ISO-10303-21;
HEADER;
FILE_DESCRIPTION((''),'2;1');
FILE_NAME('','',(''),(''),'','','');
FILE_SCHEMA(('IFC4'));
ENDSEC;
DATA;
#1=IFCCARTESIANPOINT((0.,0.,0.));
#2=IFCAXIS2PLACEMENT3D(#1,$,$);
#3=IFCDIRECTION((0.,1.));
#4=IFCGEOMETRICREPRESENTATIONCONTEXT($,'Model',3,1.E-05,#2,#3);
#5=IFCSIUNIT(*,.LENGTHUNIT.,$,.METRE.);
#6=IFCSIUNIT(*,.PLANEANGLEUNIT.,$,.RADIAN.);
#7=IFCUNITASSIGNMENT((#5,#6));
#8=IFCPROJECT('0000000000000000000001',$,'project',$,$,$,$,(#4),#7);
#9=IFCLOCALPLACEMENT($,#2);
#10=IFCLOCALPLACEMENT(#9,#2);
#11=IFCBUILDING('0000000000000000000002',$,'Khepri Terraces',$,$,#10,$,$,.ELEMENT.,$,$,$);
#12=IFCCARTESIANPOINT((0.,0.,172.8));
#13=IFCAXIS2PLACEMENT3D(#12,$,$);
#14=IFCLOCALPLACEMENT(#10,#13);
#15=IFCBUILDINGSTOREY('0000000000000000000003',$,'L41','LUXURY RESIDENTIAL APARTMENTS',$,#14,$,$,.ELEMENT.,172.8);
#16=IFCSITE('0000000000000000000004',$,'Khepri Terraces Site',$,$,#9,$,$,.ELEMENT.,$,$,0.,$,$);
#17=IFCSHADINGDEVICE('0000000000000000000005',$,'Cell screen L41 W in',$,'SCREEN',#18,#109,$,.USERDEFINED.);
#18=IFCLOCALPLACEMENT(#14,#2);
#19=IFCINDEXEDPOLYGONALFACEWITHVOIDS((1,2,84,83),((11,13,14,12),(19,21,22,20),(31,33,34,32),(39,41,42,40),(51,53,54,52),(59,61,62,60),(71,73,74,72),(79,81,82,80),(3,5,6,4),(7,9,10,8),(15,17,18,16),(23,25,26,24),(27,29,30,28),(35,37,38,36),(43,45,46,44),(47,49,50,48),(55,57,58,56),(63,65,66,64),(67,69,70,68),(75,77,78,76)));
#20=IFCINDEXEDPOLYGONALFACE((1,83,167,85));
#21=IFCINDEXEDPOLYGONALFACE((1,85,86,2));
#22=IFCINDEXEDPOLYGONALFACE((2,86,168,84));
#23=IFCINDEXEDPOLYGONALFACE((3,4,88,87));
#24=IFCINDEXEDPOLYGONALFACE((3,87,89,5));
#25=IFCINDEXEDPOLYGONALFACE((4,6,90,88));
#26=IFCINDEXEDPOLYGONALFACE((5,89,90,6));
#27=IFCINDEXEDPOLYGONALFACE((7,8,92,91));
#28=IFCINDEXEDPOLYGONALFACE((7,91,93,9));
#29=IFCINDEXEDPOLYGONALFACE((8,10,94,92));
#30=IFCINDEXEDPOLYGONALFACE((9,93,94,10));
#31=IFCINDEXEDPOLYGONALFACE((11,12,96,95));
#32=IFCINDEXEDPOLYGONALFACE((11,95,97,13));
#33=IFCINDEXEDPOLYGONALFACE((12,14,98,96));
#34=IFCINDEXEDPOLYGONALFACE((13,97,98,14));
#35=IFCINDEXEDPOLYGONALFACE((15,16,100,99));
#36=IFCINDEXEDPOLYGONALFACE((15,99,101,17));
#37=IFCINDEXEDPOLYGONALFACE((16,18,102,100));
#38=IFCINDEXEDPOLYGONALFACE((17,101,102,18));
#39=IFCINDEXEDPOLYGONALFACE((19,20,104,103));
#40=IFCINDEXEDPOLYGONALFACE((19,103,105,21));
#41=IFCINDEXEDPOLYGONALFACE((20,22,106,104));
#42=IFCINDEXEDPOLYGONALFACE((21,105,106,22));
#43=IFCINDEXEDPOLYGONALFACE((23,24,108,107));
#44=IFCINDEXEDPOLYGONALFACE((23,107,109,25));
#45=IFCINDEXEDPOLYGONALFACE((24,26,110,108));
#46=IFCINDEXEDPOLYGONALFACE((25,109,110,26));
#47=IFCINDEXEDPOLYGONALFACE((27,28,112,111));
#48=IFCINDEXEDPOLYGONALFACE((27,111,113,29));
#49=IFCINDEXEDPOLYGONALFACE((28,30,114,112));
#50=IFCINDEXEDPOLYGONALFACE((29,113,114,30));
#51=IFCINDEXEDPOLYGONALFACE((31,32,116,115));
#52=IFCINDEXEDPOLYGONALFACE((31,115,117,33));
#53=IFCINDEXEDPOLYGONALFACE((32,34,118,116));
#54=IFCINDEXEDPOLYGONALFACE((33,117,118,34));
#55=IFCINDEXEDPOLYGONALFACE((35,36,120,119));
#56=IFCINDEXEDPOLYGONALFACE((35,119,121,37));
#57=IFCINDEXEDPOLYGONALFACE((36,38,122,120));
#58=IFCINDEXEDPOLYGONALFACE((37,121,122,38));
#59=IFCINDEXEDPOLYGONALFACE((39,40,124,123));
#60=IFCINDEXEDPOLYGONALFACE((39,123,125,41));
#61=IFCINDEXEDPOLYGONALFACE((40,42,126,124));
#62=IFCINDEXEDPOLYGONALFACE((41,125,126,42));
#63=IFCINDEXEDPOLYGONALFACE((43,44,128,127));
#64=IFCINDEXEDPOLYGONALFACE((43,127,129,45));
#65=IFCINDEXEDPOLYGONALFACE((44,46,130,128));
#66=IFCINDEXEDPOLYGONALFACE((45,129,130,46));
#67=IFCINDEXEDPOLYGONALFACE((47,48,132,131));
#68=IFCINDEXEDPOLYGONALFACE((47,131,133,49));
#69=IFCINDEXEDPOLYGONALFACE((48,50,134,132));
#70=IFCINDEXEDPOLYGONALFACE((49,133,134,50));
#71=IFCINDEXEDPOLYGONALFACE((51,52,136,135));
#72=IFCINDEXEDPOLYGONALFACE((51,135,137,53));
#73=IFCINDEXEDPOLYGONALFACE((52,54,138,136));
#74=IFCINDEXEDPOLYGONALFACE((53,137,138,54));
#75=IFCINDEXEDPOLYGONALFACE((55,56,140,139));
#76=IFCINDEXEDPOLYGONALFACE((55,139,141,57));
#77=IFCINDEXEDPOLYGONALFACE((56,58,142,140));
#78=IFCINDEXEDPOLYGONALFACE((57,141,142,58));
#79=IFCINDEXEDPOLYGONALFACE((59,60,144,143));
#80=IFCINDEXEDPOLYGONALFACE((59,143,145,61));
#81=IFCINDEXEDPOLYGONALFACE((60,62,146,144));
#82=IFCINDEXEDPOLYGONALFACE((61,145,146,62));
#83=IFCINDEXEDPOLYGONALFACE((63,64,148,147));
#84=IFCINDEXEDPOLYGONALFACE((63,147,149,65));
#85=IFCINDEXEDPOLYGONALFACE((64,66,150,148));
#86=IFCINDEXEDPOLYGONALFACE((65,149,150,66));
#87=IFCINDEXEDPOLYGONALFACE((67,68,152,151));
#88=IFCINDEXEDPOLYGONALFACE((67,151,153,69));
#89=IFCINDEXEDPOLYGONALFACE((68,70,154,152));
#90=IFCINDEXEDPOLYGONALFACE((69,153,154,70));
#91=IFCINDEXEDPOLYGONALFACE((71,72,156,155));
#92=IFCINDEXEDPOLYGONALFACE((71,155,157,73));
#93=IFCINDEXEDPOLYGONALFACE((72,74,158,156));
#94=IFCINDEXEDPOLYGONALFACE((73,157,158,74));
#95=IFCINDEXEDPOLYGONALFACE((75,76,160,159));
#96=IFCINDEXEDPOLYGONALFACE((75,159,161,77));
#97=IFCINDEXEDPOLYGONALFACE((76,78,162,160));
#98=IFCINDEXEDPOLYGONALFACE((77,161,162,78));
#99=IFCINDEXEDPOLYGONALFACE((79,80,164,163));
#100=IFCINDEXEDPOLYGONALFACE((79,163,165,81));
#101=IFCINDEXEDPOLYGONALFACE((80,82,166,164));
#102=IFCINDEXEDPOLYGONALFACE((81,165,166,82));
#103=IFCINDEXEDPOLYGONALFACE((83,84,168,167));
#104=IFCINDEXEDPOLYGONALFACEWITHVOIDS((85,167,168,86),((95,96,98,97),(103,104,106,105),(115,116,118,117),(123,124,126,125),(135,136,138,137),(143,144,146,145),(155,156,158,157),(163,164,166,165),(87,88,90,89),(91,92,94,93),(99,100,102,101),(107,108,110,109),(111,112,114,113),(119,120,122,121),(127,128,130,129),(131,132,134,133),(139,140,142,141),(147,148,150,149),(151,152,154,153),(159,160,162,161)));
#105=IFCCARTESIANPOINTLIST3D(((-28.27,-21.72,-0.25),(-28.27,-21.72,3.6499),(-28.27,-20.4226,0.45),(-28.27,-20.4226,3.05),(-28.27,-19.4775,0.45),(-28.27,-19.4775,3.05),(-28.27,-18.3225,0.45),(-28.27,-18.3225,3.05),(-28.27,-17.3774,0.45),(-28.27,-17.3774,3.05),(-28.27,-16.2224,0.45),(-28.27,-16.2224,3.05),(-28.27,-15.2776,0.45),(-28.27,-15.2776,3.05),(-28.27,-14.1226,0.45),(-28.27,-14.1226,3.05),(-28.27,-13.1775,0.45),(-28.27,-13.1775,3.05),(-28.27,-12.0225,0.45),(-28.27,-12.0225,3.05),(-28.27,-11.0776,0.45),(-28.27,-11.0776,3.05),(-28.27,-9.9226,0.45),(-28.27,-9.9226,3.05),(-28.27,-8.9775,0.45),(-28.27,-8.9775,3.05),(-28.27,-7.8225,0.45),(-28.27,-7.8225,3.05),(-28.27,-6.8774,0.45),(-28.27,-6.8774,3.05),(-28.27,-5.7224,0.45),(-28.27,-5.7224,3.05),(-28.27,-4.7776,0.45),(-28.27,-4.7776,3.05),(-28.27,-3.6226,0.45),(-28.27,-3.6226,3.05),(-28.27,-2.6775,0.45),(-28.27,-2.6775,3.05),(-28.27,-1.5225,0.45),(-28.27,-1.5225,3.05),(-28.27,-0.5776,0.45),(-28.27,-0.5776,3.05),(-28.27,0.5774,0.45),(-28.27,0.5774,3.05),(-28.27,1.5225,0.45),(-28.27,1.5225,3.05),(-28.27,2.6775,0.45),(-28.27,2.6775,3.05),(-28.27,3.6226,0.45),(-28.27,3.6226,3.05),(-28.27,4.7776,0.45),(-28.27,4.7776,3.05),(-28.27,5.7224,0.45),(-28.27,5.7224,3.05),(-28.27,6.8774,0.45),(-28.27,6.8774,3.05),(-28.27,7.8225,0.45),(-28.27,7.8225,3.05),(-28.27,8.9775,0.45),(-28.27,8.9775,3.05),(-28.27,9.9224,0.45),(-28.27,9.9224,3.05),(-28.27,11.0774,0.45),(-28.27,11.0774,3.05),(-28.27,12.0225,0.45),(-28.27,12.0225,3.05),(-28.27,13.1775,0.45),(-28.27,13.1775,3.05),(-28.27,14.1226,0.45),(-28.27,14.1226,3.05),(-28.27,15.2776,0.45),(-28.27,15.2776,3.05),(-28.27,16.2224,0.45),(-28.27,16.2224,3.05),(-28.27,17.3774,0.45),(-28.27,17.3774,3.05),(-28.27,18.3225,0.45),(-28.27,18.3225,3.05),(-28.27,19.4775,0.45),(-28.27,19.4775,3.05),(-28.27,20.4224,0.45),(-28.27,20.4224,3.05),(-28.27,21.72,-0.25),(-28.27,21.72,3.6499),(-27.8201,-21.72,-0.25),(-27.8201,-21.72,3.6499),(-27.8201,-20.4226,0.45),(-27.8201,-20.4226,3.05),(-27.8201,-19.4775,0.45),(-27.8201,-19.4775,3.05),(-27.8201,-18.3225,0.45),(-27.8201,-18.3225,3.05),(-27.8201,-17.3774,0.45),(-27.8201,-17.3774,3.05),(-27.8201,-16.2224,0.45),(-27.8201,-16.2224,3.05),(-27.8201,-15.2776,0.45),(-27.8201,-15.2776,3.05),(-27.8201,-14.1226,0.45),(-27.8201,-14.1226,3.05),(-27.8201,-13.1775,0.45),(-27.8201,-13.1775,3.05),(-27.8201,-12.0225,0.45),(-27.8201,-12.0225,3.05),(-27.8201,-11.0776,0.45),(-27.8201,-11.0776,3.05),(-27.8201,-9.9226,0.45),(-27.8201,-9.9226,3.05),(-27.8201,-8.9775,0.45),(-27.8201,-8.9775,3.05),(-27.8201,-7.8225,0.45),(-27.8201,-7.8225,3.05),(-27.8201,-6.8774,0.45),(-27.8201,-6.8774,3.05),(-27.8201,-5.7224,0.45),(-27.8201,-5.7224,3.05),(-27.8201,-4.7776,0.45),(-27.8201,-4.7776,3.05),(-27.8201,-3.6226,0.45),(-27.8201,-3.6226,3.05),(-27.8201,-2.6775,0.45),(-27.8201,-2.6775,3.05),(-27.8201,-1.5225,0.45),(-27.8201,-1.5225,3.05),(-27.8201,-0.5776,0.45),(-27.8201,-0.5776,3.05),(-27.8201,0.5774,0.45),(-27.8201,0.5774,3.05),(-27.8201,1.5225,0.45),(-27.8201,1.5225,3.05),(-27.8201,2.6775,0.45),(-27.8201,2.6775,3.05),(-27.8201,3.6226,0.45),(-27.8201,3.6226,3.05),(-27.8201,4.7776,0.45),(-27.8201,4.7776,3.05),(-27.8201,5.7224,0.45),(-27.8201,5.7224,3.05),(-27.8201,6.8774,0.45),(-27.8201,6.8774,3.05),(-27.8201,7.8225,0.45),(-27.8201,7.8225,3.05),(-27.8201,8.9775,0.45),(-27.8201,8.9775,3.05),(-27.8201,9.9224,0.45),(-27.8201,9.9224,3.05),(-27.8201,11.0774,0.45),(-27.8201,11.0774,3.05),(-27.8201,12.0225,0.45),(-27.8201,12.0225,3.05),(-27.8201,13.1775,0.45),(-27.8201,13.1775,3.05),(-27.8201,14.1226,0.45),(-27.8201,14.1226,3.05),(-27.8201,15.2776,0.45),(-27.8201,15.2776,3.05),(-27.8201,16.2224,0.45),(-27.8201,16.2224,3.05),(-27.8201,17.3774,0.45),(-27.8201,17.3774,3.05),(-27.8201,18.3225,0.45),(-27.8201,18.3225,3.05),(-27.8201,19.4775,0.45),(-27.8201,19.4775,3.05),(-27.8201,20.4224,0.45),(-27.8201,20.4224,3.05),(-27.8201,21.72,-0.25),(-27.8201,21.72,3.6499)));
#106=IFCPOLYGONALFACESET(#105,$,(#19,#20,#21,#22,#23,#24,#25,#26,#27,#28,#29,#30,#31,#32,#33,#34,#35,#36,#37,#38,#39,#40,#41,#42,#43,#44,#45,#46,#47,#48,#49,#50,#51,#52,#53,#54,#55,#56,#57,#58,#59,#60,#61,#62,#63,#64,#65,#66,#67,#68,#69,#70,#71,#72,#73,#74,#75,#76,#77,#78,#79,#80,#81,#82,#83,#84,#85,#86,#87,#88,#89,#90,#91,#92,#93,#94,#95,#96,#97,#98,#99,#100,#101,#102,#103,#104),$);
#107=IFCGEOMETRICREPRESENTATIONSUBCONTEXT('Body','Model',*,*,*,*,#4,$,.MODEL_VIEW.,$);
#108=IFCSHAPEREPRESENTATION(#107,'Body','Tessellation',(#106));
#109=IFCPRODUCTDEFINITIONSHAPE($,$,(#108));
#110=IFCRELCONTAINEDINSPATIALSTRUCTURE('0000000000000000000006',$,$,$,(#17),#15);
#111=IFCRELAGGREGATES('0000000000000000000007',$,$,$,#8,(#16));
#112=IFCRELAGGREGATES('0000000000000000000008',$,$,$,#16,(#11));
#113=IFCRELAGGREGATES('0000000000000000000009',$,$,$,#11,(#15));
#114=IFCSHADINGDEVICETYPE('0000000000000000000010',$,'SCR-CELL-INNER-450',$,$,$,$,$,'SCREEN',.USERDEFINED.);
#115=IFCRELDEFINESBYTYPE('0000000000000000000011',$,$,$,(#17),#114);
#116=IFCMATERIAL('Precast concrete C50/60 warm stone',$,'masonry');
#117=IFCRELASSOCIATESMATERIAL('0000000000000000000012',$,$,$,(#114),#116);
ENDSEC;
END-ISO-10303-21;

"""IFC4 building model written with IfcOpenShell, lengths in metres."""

from ifc_helpers import new_model, si_unit, direction, frame, origin, place, context, subcontext, project, spatial, polyline, outline, extrude, material, type_object, element, save


model = new_model("IFC4")

# Units and contexts
model_context = context("Model", 3, precision=1e-05, world=origin(), true_north=direction((0.0, 1.0)))
body_context = subcontext(model_context, "Body", "Model", "MODEL_VIEW")
ifc_project = project(units=[si_unit("LENGTHUNIT", "METRE"), si_unit("PLANEANGLEUNIT", "RADIAN")], contexts=[model_context])

# Site, building, storey
site_placement = place(None, origin())
site = spatial("IfcSite", under=ifc_project, at=site_placement, Name="Khepri Terraces Site", CompositionType="ELEMENT", RefElevation=0.0)
building_placement = place(site_placement, origin())
building = spatial("IfcBuilding", under=site, at=building_placement, Name="Khepri Terraces", CompositionType="ELEMENT")
storey_placement = place(building_placement, frame((0.0, 0.0, 172.8)))
storey = spatial("IfcBuildingStorey", under=building, at=storey_placement, Name="L41", Description="LUXURY RESIDENTIAL APARTMENTS", CompositionType="ELEMENT", Elevation=172.8)

# Shared definitions
ifc_material_1 = material(Name="Precast concrete C50/60 warm stone", Category="masonry")

# Shading device
shading_device_type_1 = type_object("IfcShadingDeviceType", Name="SCR-CELL-INNER-450", ElementType="SCREEN", PredefinedType="USERDEFINED", material=ifc_material_1)
shading_device_1_placement = place(storey_placement, frame((-27.8201, 21.72, -0.25), z_axis=(-1.0, 0.0, 0.0), x_axis=(0.0, -1.0, 0.0)))
element("IfcShadingDevice", 1, at=shading_device_1_placement, inside=storey, type_object=shading_device_type_1, Name="Cell screen L41 W in", ObjectType="SCREEN", PredefinedType="USERDEFINED", context=body_context, shape_type="SweptSolid", body=[
    extrude(outline(polyline([(0.0, 0.0), (43.4399, 0.0), (43.4399, 3.8999), (0.0, 3.8999), (0.0, 0.0)]), holes=[polyline([(1.2976, 0.7), (2.2424, 0.7), (2.2424, 3.3), (1.2976, 3.3), (1.2976, 0.7)]), polyline([(3.3975, 0.7), (4.3425, 0.7), (4.3425, 3.3), (3.3975, 3.3), (3.3975, 0.7)]), polyline([(5.4976, 0.7), (6.4424, 0.7), (6.4424, 3.3), (5.4976, 3.3), (5.4976, 0.7)]), polyline([(7.5974, 0.7), (8.5425, 0.7), (8.5425, 3.3), (7.5974, 3.3), (7.5974, 0.7)]), polyline([(9.6975, 0.7), (10.6426, 0.7), (10.6426, 3.3), (9.6975, 3.3), (9.6975, 0.7)]), polyline([(11.7976, 0.7), (12.7424, 0.7), (12.7424, 3.3), (11.7976, 3.3), (11.7976, 0.7)]), polyline([(13.8975, 0.7), (14.8425, 0.7), (14.8425, 3.3), (13.8975, 3.3), (13.8975, 0.7)]), polyline([(15.9976, 0.7), (16.9424, 0.7), (16.9424, 3.3), (15.9976, 3.3), (15.9976, 0.7)]), polyline([(18.0974, 0.7), (19.0425, 0.7), (19.0425, 3.3), (18.0974, 3.3), (18.0974, 0.7)]), polyline([(20.1975, 0.7), (21.1426, 0.7), (21.1426, 3.3), (20.1975, 3.3), (20.1975, 0.7)]), polyline([(22.2976, 0.7), (23.2424, 0.7), (23.2424, 3.3), (22.2976, 3.3), (22.2976, 0.7)]), polyline([(24.3975, 0.7), (25.3425, 0.7), (25.3425, 3.3), (24.3975, 3.3), (24.3975, 0.7)]), polyline([(26.4976, 0.7), (27.4424, 0.7), (27.4424, 3.3), (26.4976, 3.3), (26.4976, 0.7)]), polyline([(28.5974, 0.7), (29.5425, 0.7), (29.5425, 3.3), (28.5974, 3.3), (28.5974, 0.7)]), polyline([(30.6975, 0.7), (31.6426, 0.7), (31.6426, 3.3), (30.6975, 3.3), (30.6975, 0.7)]), polyline([(32.7976, 0.7), (33.7424, 0.7), (33.7424, 3.3), (32.7976, 3.3), (32.7976, 0.7)]), polyline([(34.8975, 0.7), (35.8425, 0.7), (35.8425, 3.3), (34.8975, 3.3), (34.8975, 0.7)]), polyline([(36.9976, 0.7), (37.9424, 0.7), (37.9424, 3.3), (36.9976, 3.3), (36.9976, 0.7)]), polyline([(39.0974, 0.7), (40.0425, 0.7), (40.0425, 3.3), (39.0974, 3.3), (39.0974, 0.7)]), polyline([(41.1975, 0.7), (42.1426, 0.7), (42.1426, 3.3), (41.1975, 3.3), (41.1975, 0.7)])]), origin(), (0.0, 0.0, 1.0), 0.45),
])

save(model, "model.ifc")
